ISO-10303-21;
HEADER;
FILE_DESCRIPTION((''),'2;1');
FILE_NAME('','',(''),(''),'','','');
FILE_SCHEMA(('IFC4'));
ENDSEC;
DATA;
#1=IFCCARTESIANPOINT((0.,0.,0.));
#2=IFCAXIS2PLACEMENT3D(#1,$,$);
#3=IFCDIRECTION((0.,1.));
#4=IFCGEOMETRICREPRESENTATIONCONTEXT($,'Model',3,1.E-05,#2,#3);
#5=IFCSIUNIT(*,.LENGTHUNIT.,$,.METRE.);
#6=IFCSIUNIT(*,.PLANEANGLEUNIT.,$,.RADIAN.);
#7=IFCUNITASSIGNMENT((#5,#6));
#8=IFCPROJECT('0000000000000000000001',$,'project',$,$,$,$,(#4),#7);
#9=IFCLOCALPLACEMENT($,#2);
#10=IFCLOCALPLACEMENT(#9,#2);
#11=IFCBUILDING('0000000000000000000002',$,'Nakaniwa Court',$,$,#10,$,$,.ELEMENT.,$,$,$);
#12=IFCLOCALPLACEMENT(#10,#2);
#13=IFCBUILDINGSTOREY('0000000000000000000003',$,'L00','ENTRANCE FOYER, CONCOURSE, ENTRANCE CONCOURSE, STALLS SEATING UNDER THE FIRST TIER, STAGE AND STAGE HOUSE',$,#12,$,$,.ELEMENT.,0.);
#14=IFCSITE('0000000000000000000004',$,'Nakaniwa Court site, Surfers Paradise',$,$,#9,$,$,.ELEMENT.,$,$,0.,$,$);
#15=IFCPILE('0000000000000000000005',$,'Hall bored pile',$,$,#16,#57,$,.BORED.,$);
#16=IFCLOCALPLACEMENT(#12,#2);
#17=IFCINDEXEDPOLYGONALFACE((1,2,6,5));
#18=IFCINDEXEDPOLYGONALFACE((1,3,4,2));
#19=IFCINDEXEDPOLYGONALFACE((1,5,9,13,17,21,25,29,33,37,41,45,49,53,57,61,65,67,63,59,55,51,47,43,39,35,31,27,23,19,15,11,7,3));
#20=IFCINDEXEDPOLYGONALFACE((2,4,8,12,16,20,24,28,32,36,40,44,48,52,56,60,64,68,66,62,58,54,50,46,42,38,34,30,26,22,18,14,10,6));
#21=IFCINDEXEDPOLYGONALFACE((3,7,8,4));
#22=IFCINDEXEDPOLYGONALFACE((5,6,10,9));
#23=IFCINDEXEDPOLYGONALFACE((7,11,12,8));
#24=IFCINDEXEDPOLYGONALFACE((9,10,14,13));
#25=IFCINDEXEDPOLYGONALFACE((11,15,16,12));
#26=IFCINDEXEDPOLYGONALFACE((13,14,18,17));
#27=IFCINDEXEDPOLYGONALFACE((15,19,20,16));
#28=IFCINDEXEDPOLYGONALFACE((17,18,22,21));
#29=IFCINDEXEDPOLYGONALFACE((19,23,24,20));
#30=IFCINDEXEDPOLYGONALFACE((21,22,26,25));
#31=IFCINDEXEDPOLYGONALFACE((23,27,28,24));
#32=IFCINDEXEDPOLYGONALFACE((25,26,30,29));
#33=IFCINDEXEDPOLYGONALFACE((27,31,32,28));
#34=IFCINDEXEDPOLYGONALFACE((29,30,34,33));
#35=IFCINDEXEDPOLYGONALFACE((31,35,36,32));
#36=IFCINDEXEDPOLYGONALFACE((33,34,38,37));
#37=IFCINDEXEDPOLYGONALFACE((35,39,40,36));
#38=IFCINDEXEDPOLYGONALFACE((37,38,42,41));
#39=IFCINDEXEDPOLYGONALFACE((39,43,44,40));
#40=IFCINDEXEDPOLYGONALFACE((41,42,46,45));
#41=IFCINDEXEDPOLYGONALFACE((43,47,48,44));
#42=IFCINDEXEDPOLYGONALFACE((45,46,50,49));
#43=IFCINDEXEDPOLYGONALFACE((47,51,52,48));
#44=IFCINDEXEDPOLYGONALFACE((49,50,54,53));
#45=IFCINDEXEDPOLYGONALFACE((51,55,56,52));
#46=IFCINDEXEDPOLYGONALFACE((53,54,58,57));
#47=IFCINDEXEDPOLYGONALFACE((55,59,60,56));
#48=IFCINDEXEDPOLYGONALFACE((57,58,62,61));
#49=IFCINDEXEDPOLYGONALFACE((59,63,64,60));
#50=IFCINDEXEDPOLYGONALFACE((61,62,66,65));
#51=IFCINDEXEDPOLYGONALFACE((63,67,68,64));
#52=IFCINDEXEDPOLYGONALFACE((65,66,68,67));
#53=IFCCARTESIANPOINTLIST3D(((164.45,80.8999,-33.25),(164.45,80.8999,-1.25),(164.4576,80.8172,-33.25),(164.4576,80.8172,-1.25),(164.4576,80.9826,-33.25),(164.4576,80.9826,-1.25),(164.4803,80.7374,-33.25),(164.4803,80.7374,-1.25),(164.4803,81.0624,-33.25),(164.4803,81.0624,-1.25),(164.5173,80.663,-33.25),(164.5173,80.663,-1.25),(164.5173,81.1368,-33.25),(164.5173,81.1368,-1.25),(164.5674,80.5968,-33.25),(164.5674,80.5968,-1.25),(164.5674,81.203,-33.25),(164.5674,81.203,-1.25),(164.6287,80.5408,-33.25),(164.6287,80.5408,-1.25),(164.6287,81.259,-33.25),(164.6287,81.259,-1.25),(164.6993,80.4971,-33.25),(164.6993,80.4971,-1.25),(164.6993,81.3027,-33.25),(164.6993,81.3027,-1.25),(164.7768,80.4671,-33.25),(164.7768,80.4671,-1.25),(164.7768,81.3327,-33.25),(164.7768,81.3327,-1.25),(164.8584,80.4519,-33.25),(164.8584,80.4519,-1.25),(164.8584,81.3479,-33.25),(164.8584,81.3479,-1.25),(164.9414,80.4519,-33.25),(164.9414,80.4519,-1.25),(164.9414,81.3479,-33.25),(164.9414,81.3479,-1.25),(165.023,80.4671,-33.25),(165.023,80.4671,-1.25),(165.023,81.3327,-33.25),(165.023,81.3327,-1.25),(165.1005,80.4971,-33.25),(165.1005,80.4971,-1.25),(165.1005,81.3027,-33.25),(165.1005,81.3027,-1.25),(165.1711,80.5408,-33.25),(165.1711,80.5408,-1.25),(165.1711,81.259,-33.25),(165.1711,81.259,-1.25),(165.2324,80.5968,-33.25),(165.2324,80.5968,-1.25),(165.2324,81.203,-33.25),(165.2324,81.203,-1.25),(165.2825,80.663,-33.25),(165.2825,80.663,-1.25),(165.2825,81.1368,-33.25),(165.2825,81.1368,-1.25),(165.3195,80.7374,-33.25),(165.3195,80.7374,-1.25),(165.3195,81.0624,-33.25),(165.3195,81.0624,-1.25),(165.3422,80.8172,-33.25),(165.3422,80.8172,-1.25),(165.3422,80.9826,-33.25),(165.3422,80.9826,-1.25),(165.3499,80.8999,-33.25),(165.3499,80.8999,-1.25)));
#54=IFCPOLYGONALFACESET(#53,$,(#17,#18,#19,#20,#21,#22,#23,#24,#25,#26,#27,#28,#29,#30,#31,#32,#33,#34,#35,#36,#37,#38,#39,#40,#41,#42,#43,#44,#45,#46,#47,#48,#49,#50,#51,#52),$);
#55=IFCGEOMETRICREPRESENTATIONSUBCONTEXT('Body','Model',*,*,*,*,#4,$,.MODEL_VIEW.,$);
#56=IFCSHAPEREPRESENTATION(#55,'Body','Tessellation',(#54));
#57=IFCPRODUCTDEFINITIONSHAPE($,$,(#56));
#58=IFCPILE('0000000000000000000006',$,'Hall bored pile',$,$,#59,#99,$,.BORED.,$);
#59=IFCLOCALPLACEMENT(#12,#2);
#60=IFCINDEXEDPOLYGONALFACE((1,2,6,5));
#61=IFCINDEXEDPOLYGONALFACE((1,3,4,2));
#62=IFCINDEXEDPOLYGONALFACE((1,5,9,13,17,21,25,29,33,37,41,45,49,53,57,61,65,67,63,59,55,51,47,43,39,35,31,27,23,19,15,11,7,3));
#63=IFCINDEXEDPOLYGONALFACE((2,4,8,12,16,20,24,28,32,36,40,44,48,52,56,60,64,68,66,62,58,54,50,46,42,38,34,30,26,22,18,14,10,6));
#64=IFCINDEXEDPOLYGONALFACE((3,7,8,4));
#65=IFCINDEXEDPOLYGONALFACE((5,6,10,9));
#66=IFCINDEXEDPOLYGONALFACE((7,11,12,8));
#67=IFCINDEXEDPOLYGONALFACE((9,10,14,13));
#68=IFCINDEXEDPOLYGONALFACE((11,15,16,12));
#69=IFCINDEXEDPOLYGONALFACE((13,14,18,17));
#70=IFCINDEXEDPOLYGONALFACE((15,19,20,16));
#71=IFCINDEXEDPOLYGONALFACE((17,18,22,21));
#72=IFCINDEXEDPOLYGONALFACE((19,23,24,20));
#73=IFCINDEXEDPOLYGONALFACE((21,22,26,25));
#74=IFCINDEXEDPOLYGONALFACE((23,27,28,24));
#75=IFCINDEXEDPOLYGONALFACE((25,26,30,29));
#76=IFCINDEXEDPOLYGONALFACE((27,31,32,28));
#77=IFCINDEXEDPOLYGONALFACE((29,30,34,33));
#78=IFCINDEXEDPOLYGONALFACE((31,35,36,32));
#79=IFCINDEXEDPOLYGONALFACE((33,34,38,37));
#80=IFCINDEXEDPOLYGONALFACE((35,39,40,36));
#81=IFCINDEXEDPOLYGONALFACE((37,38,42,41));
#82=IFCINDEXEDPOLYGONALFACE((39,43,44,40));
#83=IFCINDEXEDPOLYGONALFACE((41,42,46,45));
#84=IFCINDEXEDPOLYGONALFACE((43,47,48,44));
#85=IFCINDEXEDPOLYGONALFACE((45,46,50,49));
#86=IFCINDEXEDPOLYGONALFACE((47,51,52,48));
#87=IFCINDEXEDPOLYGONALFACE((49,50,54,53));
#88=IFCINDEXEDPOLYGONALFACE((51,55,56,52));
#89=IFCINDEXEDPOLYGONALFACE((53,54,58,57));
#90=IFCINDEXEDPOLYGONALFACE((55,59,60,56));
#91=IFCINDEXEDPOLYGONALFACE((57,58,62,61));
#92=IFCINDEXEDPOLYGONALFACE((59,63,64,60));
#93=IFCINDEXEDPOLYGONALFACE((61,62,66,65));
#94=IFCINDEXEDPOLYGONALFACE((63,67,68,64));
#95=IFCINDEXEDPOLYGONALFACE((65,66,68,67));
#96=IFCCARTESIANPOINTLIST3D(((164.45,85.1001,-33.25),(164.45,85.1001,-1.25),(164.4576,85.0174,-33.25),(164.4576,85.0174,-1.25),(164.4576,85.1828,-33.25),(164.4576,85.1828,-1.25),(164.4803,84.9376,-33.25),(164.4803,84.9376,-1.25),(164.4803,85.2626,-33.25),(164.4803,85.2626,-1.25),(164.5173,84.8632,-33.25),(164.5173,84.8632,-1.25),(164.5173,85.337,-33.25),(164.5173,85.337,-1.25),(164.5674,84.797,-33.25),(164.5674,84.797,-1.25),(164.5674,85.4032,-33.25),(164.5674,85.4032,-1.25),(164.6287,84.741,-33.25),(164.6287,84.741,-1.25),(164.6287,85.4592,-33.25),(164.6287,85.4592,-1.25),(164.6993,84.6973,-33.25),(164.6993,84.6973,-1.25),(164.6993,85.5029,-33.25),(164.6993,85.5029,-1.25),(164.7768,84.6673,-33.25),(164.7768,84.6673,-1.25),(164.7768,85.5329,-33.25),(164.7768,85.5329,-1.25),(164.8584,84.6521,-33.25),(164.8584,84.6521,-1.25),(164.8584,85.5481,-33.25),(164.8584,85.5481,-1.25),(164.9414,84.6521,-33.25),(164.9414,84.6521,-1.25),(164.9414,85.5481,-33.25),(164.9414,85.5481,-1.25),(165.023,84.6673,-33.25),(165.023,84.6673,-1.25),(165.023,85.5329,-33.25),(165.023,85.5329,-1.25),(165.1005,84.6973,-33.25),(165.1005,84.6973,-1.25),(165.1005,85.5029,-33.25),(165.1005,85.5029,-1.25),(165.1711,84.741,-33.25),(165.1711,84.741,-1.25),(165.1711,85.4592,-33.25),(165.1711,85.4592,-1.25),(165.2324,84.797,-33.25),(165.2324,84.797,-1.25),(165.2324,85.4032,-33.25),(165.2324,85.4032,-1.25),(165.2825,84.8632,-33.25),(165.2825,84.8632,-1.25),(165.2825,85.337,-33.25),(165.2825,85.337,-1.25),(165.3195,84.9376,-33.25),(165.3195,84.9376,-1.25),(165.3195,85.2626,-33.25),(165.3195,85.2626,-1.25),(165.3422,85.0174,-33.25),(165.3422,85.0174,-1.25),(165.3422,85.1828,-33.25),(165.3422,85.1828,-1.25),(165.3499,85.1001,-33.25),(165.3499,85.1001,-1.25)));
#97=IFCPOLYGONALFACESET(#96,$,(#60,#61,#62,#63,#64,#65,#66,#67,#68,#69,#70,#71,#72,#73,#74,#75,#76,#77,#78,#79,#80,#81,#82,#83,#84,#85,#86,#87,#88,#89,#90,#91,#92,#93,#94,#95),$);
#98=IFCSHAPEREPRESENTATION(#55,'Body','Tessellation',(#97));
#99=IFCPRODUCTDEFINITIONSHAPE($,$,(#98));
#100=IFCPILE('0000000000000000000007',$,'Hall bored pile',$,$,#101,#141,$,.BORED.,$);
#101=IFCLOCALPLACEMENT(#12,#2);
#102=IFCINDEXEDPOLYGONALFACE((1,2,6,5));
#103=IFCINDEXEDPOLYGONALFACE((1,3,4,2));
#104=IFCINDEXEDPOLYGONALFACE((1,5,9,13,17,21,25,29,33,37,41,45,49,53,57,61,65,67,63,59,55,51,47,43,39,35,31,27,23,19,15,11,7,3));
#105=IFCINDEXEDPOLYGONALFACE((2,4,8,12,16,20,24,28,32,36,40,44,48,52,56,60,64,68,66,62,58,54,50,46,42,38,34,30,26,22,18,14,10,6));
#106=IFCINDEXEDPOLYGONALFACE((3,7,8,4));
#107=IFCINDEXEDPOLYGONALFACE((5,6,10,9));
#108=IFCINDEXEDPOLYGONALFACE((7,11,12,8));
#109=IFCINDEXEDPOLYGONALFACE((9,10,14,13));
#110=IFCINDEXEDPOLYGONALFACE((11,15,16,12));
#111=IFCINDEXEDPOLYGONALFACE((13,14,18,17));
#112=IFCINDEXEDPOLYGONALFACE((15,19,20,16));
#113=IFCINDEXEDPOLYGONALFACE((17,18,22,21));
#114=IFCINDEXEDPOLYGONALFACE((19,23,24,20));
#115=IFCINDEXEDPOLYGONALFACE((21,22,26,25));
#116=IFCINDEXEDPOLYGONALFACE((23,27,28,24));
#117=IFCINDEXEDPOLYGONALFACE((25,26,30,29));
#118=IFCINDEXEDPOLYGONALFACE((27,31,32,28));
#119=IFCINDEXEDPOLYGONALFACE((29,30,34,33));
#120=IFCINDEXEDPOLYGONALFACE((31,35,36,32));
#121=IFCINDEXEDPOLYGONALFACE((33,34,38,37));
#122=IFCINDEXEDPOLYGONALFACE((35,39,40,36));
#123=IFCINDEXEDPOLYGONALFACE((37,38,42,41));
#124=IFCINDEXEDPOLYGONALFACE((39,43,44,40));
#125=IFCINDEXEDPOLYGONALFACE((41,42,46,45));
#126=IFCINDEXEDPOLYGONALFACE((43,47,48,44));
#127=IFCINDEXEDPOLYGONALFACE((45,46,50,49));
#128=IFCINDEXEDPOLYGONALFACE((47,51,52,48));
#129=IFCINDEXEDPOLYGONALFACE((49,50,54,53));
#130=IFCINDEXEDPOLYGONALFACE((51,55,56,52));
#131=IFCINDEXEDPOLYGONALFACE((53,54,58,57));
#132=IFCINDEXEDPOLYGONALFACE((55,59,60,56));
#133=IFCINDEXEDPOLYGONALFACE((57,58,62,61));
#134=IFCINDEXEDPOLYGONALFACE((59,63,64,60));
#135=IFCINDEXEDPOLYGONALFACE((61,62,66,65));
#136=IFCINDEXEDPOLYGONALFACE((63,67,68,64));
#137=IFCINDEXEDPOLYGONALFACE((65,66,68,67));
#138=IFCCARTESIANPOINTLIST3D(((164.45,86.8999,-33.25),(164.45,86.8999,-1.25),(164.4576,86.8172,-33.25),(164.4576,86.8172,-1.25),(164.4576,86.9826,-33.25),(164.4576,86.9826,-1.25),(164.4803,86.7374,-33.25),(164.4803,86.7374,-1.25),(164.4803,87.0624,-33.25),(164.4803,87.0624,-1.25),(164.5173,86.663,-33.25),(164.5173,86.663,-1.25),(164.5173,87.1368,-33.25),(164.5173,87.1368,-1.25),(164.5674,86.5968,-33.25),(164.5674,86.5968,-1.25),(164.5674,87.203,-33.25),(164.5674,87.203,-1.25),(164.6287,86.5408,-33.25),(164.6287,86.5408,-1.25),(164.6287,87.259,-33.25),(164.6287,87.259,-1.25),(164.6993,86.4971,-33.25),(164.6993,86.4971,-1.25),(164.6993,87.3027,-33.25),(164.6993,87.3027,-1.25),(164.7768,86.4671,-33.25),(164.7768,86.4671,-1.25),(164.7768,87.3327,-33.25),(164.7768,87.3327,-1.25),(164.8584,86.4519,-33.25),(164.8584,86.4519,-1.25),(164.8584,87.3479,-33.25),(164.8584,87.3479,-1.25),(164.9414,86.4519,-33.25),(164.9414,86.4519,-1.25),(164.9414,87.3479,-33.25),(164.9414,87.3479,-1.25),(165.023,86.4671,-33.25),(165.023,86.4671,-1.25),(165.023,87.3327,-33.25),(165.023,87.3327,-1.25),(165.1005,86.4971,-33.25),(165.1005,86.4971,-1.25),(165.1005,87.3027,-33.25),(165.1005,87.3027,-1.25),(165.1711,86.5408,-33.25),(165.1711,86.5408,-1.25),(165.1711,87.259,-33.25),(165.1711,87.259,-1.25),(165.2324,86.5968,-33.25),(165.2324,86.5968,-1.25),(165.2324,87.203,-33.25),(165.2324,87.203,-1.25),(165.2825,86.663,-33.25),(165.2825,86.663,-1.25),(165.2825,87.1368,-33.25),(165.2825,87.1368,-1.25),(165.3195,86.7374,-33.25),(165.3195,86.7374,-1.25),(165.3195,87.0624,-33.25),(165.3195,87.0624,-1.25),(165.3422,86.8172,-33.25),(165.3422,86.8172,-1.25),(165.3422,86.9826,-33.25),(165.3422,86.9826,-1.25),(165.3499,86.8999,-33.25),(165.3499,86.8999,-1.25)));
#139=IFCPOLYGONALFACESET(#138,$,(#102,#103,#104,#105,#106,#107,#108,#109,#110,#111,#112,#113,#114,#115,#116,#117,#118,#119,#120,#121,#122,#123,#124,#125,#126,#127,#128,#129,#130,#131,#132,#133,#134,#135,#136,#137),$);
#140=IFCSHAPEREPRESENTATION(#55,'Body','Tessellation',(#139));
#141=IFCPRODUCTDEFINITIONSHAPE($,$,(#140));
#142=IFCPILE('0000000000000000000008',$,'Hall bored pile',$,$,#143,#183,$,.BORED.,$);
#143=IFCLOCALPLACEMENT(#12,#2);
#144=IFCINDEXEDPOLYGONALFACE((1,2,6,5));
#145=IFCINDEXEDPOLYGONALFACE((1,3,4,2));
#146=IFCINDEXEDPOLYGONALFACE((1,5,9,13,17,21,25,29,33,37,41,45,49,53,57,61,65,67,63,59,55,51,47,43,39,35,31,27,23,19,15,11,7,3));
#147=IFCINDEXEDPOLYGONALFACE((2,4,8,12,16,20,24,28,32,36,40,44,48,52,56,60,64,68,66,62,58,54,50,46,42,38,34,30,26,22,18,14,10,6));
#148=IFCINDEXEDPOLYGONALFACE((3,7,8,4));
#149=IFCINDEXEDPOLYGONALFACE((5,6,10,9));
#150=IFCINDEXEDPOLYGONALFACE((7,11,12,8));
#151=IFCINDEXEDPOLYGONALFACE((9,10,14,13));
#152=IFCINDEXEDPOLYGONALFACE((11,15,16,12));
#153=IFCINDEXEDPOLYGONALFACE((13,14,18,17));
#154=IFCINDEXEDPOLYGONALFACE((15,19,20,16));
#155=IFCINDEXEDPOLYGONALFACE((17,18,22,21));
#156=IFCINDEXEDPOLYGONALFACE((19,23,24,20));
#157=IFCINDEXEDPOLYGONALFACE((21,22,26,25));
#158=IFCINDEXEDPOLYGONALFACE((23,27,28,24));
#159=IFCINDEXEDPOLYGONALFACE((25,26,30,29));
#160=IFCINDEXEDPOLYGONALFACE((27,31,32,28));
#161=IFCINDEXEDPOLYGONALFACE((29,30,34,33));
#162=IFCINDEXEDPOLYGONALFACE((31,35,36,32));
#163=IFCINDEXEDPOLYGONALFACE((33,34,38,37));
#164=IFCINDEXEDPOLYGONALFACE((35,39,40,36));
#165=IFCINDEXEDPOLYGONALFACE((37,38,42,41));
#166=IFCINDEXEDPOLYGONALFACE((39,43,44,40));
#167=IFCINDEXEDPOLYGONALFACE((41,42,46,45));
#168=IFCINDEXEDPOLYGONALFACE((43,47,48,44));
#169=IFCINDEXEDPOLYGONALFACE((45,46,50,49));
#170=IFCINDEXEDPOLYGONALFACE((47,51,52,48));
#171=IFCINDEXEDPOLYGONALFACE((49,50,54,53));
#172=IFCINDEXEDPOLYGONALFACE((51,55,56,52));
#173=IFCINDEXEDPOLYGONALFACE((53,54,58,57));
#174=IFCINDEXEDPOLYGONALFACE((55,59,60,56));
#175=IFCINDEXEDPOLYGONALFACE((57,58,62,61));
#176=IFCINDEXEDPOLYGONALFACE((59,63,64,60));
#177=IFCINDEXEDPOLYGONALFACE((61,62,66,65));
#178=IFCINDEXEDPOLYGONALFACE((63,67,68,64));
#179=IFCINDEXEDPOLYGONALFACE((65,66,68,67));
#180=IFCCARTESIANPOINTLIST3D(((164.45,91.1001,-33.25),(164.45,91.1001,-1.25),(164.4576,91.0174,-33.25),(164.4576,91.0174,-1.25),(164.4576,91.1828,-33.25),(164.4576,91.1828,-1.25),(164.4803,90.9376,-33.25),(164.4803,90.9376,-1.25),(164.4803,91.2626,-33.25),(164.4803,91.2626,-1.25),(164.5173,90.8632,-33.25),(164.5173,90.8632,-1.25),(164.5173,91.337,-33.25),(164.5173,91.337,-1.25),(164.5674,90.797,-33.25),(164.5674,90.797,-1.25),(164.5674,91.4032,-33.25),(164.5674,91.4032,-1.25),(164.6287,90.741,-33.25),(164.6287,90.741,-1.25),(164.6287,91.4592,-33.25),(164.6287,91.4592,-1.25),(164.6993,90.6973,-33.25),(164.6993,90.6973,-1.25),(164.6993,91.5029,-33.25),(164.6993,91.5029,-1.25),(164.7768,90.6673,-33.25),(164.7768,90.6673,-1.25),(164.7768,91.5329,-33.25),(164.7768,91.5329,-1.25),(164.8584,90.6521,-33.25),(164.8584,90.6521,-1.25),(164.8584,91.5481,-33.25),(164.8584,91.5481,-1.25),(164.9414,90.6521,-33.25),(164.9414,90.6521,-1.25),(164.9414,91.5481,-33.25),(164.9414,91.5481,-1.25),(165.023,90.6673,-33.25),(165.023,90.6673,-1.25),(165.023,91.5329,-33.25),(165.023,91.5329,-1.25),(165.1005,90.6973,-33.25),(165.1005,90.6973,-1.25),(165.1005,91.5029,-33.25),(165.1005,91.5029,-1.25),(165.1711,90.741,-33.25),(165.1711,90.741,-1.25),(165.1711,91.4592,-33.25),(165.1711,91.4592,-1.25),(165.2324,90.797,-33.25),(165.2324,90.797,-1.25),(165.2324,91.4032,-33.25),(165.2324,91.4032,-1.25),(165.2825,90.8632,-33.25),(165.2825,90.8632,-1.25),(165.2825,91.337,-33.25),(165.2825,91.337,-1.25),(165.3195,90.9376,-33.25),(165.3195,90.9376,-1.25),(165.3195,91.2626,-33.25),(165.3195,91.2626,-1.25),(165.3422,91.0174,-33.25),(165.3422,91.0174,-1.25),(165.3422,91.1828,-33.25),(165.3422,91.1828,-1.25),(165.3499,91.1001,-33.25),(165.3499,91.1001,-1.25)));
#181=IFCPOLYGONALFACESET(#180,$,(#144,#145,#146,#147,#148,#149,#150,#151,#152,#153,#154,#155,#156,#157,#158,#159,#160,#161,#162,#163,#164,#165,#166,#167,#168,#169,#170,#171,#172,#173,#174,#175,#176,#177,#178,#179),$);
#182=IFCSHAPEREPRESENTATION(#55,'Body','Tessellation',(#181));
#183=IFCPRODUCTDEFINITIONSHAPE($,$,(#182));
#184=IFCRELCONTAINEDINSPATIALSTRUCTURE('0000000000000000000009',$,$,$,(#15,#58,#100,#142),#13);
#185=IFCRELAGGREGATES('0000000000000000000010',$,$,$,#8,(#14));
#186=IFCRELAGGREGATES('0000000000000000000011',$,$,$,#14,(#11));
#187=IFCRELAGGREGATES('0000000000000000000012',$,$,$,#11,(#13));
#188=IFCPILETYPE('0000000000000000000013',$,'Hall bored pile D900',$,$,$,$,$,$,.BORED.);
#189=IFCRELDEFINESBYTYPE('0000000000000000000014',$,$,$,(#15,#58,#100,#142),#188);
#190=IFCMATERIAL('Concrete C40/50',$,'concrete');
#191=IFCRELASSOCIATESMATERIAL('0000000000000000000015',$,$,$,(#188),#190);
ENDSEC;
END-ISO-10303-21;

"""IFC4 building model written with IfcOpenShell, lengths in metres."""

from ifc_helpers import new_model, si_unit, direction, frame, origin, origin_2d, place, context, subcontext, project, spatial, circle, extrude, material, material_profile, profile_set, type_object, element, save


model = new_model("IFC4")

# Units and contexts
model_context = context("Model", 3, precision=1e-05, world=origin(), true_north=direction((0.0, 1.0)))
body_context = subcontext(model_context, "Body", "Model", "MODEL_VIEW")
ifc_project = project(units=[si_unit("LENGTHUNIT", "METRE"), si_unit("PLANEANGLEUNIT", "RADIAN")], contexts=[model_context])

# Site, building, storey
site_placement = place(None, origin())
site = spatial("IfcSite", under=ifc_project, at=site_placement, Name="Nakaniwa Court site, Surfers Paradise", CompositionType="ELEMENT", RefElevation=0.0)
building_placement = place(site_placement, origin())
building = spatial("IfcBuilding", under=site, at=building_placement, Name="Nakaniwa Court", CompositionType="ELEMENT")
storey_placement = place(building_placement, origin())
storey = spatial("IfcBuildingStorey", under=building, at=storey_placement, Name="L00", Description="ENTRANCE FOYER, CONCOURSE, ENTRANCE CONCOURSE, STALLS SEATING UNDER THE FIRST TIER, STAGE AND STAGE HOUSE", CompositionType="ELEMENT", Elevation=0.0)

# Piles
ifc_material_1 = material(Name="Concrete C40/50", Category="concrete")
ifc_material_profile_1 = material_profile(ifc_material_1, circle(Radius=0.45, at=origin_2d()), Name="Bored pile D900")
ifc_profile_set_1 = profile_set([ifc_material_profile_1], Name="Concrete C40/50")
pile_type = type_object("IfcPileType", Name="Hall bored pile D900", PredefinedType="BORED", material=ifc_profile_set_1)
for number, where, z_axis, x_axis, name in (
    (1, (164.8999, 80.8999, -1.25), (0.0, 0.0, -1.0), (1.0, 0.0, 0.0), "Hall bored pile"),
    (2, (164.8999, 85.1001, -1.25), (0.0, 0.0, -1.0), (1.0, 0.0, 0.0), "Hall bored pile"),
    (3, (164.8999, 86.8999, -1.25), (0.0, 0.0, -1.0), (1.0, 0.0, 0.0), "Hall bored pile"),
    (4, (164.8999, 91.1001, -1.25), (0.0, 0.0, -1.0), (1.0, 0.0, 0.0), "Hall bored pile"),
):
    element("IfcPile", number, at=place(storey_placement, frame(where, z_axis=z_axis, x_axis=x_axis)), inside=storey, type_object=pile_type, Name=name, PredefinedType="BORED", context=body_context, shape_type="SweptSolid", body=[
        extrude(circle(Radius=0.45, at=origin_2d()), origin(), (0.0, 0.0, 1.0), 32.0),
    ])

save(model, "model.ifc")
